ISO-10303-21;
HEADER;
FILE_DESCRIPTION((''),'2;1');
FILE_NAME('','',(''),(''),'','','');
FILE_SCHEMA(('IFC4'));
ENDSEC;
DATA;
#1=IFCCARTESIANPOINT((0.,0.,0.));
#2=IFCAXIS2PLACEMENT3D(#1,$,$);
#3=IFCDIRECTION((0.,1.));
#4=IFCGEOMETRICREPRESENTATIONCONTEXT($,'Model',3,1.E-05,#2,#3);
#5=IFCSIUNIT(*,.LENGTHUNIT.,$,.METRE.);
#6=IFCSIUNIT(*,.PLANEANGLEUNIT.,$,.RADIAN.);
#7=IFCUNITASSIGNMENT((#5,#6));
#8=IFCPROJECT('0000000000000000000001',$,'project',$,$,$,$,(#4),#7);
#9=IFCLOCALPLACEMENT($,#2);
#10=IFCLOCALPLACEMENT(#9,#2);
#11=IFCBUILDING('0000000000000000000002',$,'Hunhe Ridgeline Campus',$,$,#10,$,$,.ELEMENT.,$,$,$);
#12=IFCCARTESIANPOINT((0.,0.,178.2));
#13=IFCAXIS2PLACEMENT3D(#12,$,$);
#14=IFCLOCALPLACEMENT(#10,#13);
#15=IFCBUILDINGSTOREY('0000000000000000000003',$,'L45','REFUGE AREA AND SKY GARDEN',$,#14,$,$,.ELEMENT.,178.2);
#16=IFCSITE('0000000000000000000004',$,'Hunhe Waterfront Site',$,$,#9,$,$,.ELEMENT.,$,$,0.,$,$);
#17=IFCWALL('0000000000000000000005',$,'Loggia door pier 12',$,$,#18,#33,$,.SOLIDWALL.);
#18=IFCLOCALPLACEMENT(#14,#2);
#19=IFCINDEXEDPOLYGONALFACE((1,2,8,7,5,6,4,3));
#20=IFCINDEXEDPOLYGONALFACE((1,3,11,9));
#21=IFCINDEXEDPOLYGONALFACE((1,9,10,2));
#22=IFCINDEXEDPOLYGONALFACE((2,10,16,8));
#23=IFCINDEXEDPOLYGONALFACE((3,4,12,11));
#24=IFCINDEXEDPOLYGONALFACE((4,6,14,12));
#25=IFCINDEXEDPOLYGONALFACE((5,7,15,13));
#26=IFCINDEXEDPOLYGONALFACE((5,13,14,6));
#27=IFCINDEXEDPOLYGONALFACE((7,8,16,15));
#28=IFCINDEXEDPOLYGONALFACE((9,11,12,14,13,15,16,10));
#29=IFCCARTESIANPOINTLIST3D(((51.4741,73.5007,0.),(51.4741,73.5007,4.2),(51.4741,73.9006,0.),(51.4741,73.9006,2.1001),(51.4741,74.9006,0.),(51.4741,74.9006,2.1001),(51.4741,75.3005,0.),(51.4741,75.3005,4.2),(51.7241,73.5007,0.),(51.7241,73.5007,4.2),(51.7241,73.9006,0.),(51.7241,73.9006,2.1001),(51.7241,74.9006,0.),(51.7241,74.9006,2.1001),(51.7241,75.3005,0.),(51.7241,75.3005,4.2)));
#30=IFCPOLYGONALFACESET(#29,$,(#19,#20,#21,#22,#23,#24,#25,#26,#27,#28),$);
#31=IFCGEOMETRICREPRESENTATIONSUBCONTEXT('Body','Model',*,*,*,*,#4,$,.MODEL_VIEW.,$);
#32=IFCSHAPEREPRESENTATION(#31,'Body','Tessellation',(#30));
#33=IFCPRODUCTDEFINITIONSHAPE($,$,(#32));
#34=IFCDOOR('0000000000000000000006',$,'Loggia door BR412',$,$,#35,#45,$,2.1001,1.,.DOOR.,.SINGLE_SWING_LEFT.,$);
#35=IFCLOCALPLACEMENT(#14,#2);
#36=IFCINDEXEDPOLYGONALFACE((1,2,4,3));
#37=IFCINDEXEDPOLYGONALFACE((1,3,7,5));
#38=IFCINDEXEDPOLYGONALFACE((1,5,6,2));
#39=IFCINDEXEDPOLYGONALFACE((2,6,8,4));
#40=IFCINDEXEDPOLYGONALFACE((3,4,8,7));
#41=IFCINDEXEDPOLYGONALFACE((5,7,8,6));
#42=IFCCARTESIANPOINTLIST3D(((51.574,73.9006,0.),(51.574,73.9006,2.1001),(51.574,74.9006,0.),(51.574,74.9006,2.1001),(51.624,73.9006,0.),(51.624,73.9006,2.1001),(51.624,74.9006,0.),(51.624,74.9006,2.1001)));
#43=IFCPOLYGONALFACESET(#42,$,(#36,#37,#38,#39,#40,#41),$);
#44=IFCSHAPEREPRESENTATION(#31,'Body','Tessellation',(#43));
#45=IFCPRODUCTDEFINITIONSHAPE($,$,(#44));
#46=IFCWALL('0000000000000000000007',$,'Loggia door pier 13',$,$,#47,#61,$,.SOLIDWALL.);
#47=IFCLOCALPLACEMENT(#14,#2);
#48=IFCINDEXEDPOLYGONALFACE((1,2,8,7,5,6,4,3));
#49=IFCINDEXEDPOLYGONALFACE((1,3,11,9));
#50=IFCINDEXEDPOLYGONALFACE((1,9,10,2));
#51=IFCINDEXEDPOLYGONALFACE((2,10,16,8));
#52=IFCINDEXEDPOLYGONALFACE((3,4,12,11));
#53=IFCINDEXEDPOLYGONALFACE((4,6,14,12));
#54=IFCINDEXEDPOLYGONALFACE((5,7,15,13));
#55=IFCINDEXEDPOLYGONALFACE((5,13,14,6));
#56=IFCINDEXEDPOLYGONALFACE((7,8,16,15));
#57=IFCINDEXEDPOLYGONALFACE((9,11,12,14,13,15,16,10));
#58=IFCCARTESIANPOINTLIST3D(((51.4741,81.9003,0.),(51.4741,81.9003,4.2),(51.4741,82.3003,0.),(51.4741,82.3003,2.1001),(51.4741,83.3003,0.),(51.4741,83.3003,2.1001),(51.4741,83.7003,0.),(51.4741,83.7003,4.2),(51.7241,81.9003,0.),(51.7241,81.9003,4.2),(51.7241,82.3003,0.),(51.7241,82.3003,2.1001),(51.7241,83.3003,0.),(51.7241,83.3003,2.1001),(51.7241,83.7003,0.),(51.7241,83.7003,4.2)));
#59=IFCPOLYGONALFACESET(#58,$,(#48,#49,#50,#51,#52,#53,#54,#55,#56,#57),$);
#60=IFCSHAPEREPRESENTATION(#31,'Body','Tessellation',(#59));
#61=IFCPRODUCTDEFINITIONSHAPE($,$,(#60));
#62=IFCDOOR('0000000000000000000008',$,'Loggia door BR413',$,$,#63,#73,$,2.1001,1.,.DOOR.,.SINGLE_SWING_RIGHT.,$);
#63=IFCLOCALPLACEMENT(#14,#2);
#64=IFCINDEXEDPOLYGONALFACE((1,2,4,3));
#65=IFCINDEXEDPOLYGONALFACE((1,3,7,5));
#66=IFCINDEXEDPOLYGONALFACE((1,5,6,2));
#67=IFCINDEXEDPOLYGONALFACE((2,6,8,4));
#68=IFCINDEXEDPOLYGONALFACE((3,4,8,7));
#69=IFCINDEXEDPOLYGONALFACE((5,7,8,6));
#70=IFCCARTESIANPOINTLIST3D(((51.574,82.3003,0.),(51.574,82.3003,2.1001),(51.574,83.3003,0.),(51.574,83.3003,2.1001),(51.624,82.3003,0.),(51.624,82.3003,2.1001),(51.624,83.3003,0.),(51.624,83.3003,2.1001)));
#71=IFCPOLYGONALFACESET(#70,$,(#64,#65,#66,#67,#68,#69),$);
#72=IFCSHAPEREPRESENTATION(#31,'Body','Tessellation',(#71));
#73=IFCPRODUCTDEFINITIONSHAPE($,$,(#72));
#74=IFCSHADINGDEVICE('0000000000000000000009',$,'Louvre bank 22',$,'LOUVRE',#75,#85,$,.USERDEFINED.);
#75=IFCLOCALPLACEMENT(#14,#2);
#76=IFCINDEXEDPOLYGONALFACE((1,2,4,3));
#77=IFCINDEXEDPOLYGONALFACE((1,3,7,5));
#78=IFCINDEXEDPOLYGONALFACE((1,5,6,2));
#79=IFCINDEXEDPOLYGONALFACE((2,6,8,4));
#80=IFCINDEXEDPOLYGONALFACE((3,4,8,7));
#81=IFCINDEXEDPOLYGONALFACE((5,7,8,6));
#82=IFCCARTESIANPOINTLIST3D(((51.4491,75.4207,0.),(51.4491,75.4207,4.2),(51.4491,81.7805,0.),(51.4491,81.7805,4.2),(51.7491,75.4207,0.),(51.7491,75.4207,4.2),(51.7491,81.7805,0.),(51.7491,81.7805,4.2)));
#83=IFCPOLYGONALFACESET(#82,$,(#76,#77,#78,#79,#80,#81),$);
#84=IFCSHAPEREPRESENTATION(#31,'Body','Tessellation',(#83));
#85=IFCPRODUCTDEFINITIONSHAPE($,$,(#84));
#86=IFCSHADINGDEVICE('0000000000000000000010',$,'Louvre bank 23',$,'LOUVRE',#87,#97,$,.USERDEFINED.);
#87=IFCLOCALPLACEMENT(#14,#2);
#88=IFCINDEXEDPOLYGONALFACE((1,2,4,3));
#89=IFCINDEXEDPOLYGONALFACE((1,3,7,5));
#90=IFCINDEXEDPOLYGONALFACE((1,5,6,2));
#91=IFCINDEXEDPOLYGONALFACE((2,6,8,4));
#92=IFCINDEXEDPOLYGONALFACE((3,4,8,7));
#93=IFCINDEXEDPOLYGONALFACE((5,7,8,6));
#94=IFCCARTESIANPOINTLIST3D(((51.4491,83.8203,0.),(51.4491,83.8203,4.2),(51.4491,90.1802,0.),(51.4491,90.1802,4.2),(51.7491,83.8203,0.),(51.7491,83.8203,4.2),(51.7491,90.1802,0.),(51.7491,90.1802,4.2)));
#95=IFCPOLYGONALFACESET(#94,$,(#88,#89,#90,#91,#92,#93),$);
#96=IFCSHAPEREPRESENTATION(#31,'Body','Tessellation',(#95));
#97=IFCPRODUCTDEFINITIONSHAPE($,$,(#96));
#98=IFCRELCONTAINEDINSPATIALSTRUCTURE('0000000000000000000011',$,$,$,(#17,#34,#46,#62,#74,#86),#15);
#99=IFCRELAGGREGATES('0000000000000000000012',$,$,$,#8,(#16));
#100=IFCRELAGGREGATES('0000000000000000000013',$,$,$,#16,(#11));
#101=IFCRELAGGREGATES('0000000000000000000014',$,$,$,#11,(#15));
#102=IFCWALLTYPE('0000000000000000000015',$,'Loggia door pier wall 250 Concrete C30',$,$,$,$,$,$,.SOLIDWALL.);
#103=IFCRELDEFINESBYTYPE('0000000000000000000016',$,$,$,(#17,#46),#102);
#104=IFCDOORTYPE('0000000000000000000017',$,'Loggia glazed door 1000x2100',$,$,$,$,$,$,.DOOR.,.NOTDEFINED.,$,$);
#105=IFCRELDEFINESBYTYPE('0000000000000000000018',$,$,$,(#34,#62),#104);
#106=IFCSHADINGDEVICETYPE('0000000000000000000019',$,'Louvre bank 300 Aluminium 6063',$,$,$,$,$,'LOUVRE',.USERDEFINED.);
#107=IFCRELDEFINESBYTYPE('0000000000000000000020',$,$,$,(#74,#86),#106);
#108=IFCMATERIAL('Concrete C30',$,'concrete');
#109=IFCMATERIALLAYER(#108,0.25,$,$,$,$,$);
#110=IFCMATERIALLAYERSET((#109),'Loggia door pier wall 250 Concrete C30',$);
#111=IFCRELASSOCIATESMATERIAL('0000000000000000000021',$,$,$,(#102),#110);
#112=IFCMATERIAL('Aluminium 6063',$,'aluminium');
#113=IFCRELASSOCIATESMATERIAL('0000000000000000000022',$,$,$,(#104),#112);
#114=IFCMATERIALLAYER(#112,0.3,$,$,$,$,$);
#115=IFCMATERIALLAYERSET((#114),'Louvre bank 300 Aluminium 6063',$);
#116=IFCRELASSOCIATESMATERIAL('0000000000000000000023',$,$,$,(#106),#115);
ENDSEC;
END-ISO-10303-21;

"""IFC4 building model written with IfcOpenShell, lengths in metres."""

from ifc_helpers import new_model, si_unit, direction, frame, frame_2d, origin, origin_2d, place, context, subcontext, project, spatial, rectangle, extrude, material, layer, layer_set, type_object, element, fill, save


model = new_model("IFC4")

# Units and contexts
model_context = context("Model", 3, precision=1e-05, world=origin(), true_north=direction((0.0, 1.0)))
body_context = subcontext(model_context, "Body", "Model", "MODEL_VIEW")
ifc_project = project(units=[si_unit("LENGTHUNIT", "METRE"), si_unit("PLANEANGLEUNIT", "RADIAN")], contexts=[model_context])

# Site, building, storey
site_placement = place(None, origin())
site = spatial("IfcSite", under=ifc_project, at=site_placement, Name="Hunhe Waterfront Site", CompositionType="ELEMENT", RefElevation=0.0)
building_placement = place(site_placement, origin())
building = spatial("IfcBuilding", under=site, at=building_placement, Name="Hunhe Ridgeline Campus", CompositionType="ELEMENT")
storey_placement = place(building_placement, frame((0.0, 0.0, 178.2)))
storey = spatial("IfcBuildingStorey", under=building, at=storey_placement, Name="L45", Description="REFUGE AREA AND SKY GARDEN", CompositionType="ELEMENT", Elevation=178.2)

# Shared definitions
ifc_material_1 = material(Name="Aluminium 6063", Category="aluminium")

# Walls, openings, doors
ifc_material_2 = material(Name="Concrete C30", Category="concrete")
ifc_layer_1 = layer(ifc_material_2, 0.25)
ifc_layer_set_1 = layer_set([ifc_layer_1], Name="Loggia door pier wall 250 Concrete C30")
wall_type_1 = type_object("IfcWallType", Name="Loggia door pier wall 250 Concrete C30", PredefinedType="SOLIDWALL", material=ifc_layer_set_1)
wall_1_placement = place(storey_placement, frame((51.5991, 73.5007, 0.0), z_axis=(0.0, 0.0, 1.0), x_axis=(0.0, 1.0, 0.0)))
wall_1 = element("IfcWall", 1, at=wall_1_placement, inside=storey, type_object=wall_type_1, Name="Loggia door pier 12", PredefinedType="SOLIDWALL", context=body_context, shape_type="SweptSolid", body=[
    extrude(rectangle(XDim=1.7998, YDim=0.25, at=frame_2d((0.8999, 0.0))), origin(), (0.0, 0.0, 1.0), 4.2),
])
opening_1_placement = place(wall_1_placement, frame((0.3999, 0.0, 0.0)))
opening_1 = element("IfcOpeningElement", 2, at=opening_1_placement, cuts=wall_1, PredefinedType="OPENING", context=body_context, shape_type="SweptSolid", body=[
    extrude(rectangle(XDim=1.0, YDim=2.1001, at=frame_2d((0.5, 1.05))), frame((0.0, 0.125, 0.0), z_axis=(0.0, -1.0, 0.0), x_axis=(1.0, 0.0, 0.0)), (0.0, 0.0, 1.0), 0.25),
])
door_type = type_object("IfcDoorType", Name="Loggia glazed door 1000x2100", OperationType="NOTDEFINED", PredefinedType="DOOR", material=ifc_material_1)
door_1_placement = place(opening_1_placement, frame((1.0, 0.0, 0.0), z_axis=(0.0, 0.0, 1.0), x_axis=(-1.0, 0.0, 0.0)))
door_1 = element("IfcDoor", 3, at=door_1_placement, inside=storey, type_object=door_type, Name="Loggia door BR412", OperationType="SINGLE_SWING_LEFT", OverallHeight=2.1001, OverallWidth=1.0, PredefinedType="DOOR", context=body_context, shape_type="SweptSolid", body=[
    extrude(rectangle(XDim=1.0, YDim=2.1001, at=frame_2d((0.5, 1.05))), frame((0.0, 0.0249, 0.0), z_axis=(0.0, -1.0, 0.0), x_axis=(1.0, 0.0, 0.0)), (0.0, 0.0, 1.0), 0.05),
])
fill(opening_1, door_1)
wall_2_placement = place(storey_placement, frame((51.5991, 81.9004, 0.0), z_axis=(0.0, 0.0, 1.0), x_axis=(0.0, 1.0, 0.0)))
wall_2 = element("IfcWall", 4, at=wall_2_placement, inside=storey, type_object=wall_type_1, Name="Loggia door pier 13", PredefinedType="SOLIDWALL", context=body_context, shape_type="SweptSolid", body=[
    extrude(rectangle(XDim=1.8, YDim=0.25, at=frame_2d((0.8999, 0.0))), origin(), (0.0, 0.0, 1.0), 4.2),
])
opening_2_placement = place(wall_2_placement, frame((0.3999, 0.0, 0.0)))
opening_2 = element("IfcOpeningElement", 5, at=opening_2_placement, cuts=wall_2, PredefinedType="OPENING", context=body_context, shape_type="SweptSolid", body=[
    extrude(rectangle(XDim=1.0, YDim=2.1001, at=frame_2d((0.5, 1.05))), frame((0.0, 0.125, 0.0), z_axis=(0.0, -1.0, 0.0), x_axis=(1.0, 0.0, 0.0)), (0.0, 0.0, 1.0), 0.25),
])
door_2_placement = place(opening_2_placement, frame((1.0, 0.0, 0.0), z_axis=(0.0, 0.0, 1.0), x_axis=(-1.0, 0.0, 0.0)))
door_2 = element("IfcDoor", 6, at=door_2_placement, inside=storey, type_object=door_type, Name="Loggia door BR413", OperationType="SINGLE_SWING_RIGHT", OverallHeight=2.1001, OverallWidth=1.0, PredefinedType="DOOR", context=body_context, shape_type="SweptSolid", body=[
    extrude(rectangle(XDim=1.0, YDim=2.1001, at=frame_2d((0.5, 1.05))), frame((0.0, 0.0249, 0.0), z_axis=(0.0, -1.0, 0.0), x_axis=(1.0, 0.0, 0.0)), (0.0, 0.0, 1.0), 0.05),
])
fill(opening_2, door_2)

# Shading devices
ifc_layer_2 = layer(ifc_material_1, 0.3)
ifc_layer_set_2 = layer_set([ifc_layer_2], Name="Louvre bank 300 Aluminium 6063")
shading_device_type = type_object("IfcShadingDeviceType", Name="Louvre bank 300 Aluminium 6063", ElementType="LOUVRE", PredefinedType="USERDEFINED", material=ifc_layer_set_2)
for number, where, z_axis, x_axis, name in (
    (7, (51.5991, 78.6006, 0.0), (0.0, 0.0, 1.0), (0.0, 1.0, 0.0), "Louvre bank 22"),
    (8, (51.5991, 87.0002, 0.0), (0.0, 0.0, 1.0), (0.0, 1.0, 0.0), "Louvre bank 23"),
):
    element("IfcShadingDevice", number, at=place(storey_placement, frame(where, z_axis=z_axis, x_axis=x_axis)), inside=storey, type_object=shading_device_type, Name=name, ObjectType="LOUVRE", PredefinedType="USERDEFINED", context=body_context, shape_type="SweptSolid", body=[
        extrude(rectangle(XDim=6.3599, YDim=0.3, at=origin_2d()), origin(), (0.0, 0.0, 1.0), 4.2),
    ])

save(model, "model.ifc")
